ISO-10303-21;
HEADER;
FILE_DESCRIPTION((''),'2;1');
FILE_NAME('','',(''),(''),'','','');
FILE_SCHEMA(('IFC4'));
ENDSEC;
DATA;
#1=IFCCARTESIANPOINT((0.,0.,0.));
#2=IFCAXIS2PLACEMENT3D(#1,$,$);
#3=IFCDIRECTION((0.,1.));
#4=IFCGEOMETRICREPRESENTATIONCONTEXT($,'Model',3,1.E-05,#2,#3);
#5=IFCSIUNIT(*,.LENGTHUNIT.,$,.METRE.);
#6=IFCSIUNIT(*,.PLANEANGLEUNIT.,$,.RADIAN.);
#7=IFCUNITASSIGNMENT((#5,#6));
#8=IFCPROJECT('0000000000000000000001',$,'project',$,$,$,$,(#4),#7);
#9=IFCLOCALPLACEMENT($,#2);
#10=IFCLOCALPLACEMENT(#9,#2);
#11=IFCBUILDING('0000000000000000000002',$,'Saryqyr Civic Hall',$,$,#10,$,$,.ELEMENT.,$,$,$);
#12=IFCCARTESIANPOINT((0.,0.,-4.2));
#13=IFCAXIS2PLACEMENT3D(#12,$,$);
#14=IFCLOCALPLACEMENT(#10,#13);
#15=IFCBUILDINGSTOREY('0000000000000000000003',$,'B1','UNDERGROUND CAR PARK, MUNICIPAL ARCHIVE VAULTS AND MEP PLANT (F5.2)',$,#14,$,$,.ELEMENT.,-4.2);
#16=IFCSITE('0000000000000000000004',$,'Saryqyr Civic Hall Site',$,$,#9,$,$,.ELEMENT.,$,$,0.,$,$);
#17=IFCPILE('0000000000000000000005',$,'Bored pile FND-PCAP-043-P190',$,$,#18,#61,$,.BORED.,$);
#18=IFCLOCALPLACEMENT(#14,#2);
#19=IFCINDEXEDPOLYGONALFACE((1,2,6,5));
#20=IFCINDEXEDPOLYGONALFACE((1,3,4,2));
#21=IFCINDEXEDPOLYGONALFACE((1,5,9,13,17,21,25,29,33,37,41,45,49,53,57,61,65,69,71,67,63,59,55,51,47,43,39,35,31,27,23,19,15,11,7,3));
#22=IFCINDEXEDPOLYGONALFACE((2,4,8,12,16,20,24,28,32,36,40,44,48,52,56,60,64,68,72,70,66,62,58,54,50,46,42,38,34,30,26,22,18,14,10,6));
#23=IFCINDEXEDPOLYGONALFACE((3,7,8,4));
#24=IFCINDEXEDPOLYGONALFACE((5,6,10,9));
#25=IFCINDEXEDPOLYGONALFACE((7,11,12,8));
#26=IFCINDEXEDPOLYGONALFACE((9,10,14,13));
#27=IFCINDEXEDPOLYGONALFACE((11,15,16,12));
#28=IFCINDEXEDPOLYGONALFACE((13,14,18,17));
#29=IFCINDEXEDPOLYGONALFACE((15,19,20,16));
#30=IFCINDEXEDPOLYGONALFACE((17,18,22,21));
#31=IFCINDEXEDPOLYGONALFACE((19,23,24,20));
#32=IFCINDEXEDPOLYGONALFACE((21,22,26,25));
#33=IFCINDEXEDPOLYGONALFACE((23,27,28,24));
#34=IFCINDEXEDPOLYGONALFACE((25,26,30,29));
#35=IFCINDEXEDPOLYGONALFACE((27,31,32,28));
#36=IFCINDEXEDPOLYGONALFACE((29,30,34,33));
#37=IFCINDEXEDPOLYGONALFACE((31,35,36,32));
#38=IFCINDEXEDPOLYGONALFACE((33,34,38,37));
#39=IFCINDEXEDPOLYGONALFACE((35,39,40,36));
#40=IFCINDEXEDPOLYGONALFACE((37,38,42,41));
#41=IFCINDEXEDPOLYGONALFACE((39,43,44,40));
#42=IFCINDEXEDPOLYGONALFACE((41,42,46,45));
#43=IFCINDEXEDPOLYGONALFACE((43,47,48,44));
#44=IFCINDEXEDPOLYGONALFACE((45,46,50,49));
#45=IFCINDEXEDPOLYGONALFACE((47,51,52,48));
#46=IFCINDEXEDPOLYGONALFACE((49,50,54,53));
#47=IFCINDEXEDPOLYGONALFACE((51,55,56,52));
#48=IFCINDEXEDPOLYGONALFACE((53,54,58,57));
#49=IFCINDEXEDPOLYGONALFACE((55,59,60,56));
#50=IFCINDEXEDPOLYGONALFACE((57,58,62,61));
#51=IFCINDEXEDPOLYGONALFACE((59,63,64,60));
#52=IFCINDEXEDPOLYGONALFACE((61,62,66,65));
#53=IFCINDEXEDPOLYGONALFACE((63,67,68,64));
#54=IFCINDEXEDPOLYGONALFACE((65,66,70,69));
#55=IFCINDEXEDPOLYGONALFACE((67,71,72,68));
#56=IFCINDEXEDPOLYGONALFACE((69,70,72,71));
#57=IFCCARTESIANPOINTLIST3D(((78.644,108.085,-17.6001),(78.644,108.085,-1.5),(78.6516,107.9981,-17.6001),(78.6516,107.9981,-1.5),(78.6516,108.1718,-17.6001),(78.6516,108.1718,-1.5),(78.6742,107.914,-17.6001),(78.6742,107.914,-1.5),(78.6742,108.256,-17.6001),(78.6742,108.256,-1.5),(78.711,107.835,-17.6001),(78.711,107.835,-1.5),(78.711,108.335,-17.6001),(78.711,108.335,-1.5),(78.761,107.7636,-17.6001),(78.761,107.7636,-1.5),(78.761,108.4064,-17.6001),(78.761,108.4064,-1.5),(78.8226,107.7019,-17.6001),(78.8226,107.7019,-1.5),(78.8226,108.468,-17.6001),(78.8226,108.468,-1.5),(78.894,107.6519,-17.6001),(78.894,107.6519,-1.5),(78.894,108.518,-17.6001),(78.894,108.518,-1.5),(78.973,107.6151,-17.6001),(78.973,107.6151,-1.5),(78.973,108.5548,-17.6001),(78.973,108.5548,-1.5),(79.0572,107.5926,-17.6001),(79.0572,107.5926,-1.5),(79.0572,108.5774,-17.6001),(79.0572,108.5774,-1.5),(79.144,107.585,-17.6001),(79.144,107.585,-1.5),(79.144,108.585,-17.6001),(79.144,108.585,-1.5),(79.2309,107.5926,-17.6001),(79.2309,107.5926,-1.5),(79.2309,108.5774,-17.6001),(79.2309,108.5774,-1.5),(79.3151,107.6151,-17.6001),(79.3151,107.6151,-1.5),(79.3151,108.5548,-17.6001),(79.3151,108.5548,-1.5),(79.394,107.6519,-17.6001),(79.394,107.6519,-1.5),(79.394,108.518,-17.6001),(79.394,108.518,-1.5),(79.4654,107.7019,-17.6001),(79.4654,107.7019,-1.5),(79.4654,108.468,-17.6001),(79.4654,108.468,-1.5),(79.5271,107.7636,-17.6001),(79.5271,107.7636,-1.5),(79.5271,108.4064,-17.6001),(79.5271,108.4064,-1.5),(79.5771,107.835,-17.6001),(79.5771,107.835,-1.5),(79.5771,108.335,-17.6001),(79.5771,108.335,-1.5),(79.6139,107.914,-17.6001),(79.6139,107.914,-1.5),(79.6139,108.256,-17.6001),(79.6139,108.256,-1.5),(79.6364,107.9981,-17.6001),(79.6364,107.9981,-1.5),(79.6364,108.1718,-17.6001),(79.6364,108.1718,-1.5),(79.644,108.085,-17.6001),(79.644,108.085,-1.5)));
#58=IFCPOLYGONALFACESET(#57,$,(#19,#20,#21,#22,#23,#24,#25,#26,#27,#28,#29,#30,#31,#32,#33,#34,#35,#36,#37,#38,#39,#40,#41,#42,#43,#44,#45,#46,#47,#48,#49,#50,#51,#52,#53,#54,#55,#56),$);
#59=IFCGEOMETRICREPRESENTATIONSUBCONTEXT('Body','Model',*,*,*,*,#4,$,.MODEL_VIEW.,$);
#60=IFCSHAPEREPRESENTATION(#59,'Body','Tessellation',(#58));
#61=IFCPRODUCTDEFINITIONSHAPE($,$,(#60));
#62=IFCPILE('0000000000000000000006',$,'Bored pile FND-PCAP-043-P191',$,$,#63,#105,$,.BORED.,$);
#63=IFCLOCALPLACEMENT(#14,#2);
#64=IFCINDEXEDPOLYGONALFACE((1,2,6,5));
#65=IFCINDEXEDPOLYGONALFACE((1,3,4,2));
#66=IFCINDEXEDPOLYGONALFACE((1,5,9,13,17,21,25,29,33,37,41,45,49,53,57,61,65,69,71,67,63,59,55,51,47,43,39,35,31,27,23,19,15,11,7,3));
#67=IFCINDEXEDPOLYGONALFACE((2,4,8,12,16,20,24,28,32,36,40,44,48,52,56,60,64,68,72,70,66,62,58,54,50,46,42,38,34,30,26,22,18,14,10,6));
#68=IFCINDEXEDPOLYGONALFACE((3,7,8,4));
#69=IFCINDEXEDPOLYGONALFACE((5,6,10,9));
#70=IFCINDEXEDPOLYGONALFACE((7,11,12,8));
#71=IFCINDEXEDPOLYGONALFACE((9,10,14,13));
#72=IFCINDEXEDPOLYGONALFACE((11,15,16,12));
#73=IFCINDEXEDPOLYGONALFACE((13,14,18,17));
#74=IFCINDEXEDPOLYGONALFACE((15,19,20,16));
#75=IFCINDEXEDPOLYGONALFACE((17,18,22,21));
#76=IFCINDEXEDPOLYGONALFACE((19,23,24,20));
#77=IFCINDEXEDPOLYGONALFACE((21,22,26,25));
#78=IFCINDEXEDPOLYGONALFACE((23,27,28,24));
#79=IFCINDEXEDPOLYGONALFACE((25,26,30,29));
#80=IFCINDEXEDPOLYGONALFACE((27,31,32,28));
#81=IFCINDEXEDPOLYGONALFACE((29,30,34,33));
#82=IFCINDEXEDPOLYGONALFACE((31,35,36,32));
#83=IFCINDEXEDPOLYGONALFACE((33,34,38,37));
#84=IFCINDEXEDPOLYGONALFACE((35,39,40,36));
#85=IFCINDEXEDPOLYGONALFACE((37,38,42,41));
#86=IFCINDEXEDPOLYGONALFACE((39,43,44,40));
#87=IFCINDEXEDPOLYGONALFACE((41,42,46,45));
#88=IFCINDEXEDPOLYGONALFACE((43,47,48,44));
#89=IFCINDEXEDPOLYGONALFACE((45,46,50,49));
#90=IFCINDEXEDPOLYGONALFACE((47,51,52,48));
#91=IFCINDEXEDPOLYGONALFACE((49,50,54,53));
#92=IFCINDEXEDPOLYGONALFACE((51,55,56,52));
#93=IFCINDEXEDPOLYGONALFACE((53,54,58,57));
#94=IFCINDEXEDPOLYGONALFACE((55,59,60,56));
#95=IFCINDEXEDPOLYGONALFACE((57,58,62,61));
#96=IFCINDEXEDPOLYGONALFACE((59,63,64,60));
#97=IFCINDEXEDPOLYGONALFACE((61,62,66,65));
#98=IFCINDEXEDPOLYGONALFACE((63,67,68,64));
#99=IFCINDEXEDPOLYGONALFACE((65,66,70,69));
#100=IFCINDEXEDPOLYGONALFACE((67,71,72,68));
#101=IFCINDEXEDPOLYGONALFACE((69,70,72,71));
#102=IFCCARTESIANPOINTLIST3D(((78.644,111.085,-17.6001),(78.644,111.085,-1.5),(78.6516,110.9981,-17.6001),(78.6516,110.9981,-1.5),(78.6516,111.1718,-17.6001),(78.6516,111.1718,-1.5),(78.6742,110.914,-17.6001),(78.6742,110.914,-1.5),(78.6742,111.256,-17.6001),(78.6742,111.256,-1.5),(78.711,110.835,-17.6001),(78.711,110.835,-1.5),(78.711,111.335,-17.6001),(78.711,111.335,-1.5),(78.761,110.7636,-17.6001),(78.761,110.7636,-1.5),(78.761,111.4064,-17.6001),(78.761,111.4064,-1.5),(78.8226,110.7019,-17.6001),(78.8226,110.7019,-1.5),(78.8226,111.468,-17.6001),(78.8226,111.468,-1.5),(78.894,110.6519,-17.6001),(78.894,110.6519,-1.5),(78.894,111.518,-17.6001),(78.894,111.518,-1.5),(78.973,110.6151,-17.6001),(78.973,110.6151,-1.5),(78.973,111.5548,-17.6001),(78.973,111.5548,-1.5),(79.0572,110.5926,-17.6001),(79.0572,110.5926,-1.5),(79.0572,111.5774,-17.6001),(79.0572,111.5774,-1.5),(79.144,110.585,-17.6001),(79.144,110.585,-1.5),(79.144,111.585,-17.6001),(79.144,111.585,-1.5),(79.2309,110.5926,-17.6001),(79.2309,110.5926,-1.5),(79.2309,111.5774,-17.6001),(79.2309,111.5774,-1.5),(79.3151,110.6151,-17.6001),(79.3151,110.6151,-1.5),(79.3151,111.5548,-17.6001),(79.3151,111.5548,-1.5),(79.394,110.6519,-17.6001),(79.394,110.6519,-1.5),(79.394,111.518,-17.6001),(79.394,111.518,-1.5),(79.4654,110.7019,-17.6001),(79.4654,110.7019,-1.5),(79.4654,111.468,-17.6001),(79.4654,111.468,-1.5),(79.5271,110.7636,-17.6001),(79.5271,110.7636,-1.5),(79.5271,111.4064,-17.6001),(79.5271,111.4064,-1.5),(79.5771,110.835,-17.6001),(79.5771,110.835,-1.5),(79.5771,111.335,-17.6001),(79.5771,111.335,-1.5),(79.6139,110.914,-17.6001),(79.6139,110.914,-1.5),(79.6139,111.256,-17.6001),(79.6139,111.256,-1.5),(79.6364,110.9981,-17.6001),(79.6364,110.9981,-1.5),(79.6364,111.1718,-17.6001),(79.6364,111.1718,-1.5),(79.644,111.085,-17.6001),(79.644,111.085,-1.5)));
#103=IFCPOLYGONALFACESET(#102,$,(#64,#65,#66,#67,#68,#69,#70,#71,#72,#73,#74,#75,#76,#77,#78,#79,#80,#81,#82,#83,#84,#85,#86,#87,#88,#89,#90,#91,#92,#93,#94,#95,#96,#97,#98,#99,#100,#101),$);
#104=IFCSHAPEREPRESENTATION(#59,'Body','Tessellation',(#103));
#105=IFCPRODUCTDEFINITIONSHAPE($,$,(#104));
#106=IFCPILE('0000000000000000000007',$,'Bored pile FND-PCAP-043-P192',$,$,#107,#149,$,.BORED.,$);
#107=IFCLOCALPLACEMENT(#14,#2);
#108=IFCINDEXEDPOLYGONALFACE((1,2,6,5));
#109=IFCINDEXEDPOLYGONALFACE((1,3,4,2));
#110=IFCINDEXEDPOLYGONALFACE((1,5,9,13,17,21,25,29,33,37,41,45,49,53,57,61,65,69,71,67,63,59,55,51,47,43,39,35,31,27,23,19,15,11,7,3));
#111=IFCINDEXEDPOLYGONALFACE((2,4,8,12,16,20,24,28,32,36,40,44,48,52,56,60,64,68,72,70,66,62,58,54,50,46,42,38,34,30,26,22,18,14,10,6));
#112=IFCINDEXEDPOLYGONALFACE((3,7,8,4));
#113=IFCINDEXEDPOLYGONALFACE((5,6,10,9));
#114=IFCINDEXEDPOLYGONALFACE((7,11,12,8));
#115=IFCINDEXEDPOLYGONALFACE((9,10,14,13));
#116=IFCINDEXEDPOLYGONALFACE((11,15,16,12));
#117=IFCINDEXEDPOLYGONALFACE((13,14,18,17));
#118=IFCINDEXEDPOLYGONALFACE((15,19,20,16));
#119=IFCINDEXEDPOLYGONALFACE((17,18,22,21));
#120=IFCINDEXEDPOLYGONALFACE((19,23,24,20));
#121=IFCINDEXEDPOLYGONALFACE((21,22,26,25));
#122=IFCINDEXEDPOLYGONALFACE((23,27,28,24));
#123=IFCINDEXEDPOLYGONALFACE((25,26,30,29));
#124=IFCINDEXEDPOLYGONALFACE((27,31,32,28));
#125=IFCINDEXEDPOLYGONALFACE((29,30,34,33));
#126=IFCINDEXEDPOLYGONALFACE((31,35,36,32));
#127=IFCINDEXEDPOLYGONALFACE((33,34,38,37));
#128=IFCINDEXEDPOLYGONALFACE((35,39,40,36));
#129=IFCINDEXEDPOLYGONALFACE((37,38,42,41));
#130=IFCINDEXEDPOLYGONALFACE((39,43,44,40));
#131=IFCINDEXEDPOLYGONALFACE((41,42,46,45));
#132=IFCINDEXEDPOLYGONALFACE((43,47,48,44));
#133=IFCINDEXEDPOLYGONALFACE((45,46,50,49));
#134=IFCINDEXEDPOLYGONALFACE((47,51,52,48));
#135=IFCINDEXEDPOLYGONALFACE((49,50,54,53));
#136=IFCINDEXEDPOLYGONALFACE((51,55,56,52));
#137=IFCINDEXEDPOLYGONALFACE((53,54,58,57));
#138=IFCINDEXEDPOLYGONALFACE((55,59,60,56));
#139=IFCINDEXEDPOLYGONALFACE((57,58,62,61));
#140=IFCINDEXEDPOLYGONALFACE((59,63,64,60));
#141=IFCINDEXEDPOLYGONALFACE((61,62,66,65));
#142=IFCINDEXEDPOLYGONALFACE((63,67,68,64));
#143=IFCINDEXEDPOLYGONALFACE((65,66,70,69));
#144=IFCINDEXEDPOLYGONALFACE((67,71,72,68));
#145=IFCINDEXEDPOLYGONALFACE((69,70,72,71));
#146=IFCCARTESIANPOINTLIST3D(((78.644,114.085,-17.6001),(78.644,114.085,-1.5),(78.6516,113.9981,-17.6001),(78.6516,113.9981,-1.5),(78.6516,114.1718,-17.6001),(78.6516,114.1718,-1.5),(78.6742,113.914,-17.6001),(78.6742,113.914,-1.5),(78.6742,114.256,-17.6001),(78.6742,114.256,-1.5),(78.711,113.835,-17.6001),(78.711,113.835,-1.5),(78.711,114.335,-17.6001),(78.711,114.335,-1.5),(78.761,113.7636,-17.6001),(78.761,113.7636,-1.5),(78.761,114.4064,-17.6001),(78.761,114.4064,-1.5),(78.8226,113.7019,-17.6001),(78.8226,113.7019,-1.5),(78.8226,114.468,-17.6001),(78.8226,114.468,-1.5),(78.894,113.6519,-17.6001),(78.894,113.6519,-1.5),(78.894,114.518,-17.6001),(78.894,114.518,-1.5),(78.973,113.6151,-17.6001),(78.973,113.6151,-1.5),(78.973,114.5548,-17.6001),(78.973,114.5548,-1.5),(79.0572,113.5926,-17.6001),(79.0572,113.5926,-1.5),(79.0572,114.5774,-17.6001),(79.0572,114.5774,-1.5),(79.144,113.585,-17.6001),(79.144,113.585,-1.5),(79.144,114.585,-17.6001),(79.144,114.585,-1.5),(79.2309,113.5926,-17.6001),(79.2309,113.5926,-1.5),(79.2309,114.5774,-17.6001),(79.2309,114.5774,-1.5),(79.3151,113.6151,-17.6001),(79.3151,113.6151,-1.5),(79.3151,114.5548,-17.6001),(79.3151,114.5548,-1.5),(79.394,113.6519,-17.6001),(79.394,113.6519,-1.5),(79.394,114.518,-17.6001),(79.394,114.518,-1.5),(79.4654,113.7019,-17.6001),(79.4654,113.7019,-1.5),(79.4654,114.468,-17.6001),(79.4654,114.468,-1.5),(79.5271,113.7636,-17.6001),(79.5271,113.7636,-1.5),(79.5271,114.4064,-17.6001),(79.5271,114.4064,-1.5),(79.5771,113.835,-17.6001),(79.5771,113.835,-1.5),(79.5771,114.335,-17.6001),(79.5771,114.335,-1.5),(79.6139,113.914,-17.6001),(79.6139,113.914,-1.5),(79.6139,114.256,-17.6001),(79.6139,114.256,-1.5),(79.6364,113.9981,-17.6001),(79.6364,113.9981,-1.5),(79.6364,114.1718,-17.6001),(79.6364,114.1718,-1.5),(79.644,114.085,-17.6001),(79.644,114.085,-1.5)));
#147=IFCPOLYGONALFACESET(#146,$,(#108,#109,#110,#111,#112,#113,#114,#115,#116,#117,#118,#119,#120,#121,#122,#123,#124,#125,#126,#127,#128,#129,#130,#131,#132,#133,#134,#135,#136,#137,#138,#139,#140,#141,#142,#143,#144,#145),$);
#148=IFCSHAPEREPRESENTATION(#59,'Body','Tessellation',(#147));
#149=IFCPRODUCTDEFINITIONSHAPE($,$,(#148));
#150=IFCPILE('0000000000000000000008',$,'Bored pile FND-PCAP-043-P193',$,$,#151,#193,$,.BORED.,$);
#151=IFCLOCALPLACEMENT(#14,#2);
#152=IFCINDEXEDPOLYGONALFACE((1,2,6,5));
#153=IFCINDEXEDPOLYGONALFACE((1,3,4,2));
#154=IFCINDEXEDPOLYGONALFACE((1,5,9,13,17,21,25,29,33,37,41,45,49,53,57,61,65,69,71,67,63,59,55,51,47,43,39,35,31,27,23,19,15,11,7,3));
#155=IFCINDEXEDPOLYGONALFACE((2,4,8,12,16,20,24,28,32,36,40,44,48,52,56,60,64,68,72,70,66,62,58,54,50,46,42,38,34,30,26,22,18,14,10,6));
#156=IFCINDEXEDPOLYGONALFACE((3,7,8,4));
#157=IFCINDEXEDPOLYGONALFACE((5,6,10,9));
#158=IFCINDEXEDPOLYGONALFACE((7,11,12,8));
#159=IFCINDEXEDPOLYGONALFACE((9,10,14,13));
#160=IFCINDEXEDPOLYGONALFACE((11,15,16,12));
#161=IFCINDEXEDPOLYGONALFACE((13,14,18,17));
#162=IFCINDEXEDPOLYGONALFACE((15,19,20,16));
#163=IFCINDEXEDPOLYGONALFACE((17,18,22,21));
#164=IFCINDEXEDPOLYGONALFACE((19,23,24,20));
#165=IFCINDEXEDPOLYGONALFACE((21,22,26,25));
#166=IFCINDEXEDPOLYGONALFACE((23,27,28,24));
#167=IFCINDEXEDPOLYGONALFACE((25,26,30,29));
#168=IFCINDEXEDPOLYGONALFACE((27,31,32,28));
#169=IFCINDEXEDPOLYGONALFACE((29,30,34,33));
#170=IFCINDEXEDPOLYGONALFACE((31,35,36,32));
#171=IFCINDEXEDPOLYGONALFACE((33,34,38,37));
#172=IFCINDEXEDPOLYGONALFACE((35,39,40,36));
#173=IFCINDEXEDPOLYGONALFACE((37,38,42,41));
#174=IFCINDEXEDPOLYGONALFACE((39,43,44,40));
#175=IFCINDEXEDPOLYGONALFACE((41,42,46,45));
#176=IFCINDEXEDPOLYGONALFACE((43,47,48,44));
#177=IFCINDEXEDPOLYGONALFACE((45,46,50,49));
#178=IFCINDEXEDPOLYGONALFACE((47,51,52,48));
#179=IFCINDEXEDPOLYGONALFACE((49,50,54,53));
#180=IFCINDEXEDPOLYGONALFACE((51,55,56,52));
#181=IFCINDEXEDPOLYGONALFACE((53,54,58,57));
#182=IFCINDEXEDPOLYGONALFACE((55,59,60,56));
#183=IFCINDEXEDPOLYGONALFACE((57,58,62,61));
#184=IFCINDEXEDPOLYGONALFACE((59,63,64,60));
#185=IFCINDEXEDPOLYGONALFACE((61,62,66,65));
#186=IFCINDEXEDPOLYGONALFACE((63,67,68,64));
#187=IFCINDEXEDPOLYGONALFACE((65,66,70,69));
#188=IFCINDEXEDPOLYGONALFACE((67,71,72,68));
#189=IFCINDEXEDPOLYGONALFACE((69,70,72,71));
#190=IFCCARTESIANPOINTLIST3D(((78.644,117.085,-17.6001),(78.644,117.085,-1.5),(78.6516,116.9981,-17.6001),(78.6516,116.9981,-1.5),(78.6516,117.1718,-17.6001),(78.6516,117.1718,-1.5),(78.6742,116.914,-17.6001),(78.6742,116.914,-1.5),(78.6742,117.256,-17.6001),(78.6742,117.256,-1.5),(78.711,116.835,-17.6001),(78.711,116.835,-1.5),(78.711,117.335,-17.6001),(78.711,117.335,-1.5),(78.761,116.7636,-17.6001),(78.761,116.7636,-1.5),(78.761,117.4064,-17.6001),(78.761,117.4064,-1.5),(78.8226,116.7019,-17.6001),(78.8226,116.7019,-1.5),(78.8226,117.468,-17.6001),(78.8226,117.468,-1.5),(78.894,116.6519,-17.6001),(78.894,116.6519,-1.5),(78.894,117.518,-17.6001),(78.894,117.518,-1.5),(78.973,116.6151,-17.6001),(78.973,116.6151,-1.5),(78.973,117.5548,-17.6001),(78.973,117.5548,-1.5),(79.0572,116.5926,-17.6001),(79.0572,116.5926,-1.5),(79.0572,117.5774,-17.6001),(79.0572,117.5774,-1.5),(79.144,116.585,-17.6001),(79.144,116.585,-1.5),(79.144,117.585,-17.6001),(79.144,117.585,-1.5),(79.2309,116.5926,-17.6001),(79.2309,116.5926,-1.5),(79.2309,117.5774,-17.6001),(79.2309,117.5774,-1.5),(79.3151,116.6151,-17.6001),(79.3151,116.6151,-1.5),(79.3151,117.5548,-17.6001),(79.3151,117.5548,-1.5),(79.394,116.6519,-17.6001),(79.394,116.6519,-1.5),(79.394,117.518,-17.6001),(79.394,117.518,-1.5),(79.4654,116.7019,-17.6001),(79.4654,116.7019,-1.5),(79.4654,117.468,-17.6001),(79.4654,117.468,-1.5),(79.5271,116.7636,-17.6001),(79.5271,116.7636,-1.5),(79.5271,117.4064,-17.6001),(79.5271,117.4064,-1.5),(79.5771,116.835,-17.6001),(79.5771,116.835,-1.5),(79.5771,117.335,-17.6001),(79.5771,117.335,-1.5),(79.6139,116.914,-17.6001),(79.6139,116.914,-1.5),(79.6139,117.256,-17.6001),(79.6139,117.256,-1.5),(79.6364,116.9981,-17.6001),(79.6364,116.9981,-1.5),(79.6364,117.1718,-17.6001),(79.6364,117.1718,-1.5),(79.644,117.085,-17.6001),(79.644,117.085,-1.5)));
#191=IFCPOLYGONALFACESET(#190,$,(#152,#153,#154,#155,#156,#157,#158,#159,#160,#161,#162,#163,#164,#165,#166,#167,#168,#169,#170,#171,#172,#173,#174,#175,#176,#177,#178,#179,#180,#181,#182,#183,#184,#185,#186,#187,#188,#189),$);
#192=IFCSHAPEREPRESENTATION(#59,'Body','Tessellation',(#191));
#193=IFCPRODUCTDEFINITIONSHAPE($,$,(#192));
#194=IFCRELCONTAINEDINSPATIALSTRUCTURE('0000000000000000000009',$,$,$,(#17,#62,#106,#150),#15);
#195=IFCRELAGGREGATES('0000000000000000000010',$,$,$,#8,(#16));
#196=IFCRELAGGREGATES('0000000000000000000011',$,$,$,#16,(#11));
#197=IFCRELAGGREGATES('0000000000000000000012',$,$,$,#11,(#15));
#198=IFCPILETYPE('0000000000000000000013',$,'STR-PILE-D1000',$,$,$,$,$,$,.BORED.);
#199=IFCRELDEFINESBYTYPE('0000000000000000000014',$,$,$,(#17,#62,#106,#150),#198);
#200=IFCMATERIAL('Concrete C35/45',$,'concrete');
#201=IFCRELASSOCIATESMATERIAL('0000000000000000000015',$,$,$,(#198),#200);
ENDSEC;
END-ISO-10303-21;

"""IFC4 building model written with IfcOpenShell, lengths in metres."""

from ifc_helpers import new_model, si_unit, direction, frame, origin, origin_2d, place, context, subcontext, project, spatial, circle, extrude, material, material_profile, profile_set, type_object, element, save


model = new_model("IFC4")

# Units and contexts
model_context = context("Model", 3, precision=1e-05, world=origin(), true_north=direction((0.0, 1.0)))
body_context = subcontext(model_context, "Body", "Model", "MODEL_VIEW")
ifc_project = project(units=[si_unit("LENGTHUNIT", "METRE"), si_unit("PLANEANGLEUNIT", "RADIAN")], contexts=[model_context])

# Site, building, storey
site_placement = place(None, origin())
site = spatial("IfcSite", under=ifc_project, at=site_placement, Name="Saryqyr Civic Hall Site", CompositionType="ELEMENT", RefElevation=0.0)
building_placement = place(site_placement, origin())
building = spatial("IfcBuilding", under=site, at=building_placement, Name="Saryqyr Civic Hall", CompositionType="ELEMENT")
storey_placement = place(building_placement, frame((0.0, 0.0, -4.2)))
storey = spatial("IfcBuildingStorey", under=building, at=storey_placement, Name="B1", Description="UNDERGROUND CAR PARK, MUNICIPAL ARCHIVE VAULTS AND MEP PLANT (F5.2)", CompositionType="ELEMENT", Elevation=-4.2)

# Piles
ifc_material_1 = material(Name="Concrete C35/45", Category="concrete")
ifc_material_profile_1 = material_profile(ifc_material_1, circle(Radius=0.5, at=origin_2d()), Name="BORED PILE D1000")
ifc_profile_set_1 = profile_set([ifc_material_profile_1], Name="Concrete C35/45")
pile_type = type_object("IfcPileType", Name="STR-PILE-D1000", PredefinedType="BORED", material=ifc_profile_set_1)
for number, where, z_axis, x_axis, name in (
    (1, (79.144, 108.085, -1.5), (0.0, 0.0, -1.0), (1.0, 0.0, 0.0), "Bored pile FND-PCAP-043-P190"),
    (2, (79.144, 111.085, -1.5), (0.0, 0.0, -1.0), (1.0, 0.0, 0.0), "Bored pile FND-PCAP-043-P191"),
    (3, (79.144, 114.085, -1.5), (0.0, 0.0, -1.0), (1.0, 0.0, 0.0), "Bored pile FND-PCAP-043-P192"),
    (4, (79.144, 117.085, -1.5), (0.0, 0.0, -1.0), (1.0, 0.0, 0.0), "Bored pile FND-PCAP-043-P193"),
):
    element("IfcPile", number, at=place(storey_placement, frame(where, z_axis=z_axis, x_axis=x_axis)), inside=storey, type_object=pile_type, Name=name, PredefinedType="BORED", context=body_context, shape_type="SweptSolid", body=[
        extrude(circle(Radius=0.5, at=origin_2d()), origin(), (0.0, 0.0, 1.0), 16.1001),
    ])

save(model, "model.ifc")
